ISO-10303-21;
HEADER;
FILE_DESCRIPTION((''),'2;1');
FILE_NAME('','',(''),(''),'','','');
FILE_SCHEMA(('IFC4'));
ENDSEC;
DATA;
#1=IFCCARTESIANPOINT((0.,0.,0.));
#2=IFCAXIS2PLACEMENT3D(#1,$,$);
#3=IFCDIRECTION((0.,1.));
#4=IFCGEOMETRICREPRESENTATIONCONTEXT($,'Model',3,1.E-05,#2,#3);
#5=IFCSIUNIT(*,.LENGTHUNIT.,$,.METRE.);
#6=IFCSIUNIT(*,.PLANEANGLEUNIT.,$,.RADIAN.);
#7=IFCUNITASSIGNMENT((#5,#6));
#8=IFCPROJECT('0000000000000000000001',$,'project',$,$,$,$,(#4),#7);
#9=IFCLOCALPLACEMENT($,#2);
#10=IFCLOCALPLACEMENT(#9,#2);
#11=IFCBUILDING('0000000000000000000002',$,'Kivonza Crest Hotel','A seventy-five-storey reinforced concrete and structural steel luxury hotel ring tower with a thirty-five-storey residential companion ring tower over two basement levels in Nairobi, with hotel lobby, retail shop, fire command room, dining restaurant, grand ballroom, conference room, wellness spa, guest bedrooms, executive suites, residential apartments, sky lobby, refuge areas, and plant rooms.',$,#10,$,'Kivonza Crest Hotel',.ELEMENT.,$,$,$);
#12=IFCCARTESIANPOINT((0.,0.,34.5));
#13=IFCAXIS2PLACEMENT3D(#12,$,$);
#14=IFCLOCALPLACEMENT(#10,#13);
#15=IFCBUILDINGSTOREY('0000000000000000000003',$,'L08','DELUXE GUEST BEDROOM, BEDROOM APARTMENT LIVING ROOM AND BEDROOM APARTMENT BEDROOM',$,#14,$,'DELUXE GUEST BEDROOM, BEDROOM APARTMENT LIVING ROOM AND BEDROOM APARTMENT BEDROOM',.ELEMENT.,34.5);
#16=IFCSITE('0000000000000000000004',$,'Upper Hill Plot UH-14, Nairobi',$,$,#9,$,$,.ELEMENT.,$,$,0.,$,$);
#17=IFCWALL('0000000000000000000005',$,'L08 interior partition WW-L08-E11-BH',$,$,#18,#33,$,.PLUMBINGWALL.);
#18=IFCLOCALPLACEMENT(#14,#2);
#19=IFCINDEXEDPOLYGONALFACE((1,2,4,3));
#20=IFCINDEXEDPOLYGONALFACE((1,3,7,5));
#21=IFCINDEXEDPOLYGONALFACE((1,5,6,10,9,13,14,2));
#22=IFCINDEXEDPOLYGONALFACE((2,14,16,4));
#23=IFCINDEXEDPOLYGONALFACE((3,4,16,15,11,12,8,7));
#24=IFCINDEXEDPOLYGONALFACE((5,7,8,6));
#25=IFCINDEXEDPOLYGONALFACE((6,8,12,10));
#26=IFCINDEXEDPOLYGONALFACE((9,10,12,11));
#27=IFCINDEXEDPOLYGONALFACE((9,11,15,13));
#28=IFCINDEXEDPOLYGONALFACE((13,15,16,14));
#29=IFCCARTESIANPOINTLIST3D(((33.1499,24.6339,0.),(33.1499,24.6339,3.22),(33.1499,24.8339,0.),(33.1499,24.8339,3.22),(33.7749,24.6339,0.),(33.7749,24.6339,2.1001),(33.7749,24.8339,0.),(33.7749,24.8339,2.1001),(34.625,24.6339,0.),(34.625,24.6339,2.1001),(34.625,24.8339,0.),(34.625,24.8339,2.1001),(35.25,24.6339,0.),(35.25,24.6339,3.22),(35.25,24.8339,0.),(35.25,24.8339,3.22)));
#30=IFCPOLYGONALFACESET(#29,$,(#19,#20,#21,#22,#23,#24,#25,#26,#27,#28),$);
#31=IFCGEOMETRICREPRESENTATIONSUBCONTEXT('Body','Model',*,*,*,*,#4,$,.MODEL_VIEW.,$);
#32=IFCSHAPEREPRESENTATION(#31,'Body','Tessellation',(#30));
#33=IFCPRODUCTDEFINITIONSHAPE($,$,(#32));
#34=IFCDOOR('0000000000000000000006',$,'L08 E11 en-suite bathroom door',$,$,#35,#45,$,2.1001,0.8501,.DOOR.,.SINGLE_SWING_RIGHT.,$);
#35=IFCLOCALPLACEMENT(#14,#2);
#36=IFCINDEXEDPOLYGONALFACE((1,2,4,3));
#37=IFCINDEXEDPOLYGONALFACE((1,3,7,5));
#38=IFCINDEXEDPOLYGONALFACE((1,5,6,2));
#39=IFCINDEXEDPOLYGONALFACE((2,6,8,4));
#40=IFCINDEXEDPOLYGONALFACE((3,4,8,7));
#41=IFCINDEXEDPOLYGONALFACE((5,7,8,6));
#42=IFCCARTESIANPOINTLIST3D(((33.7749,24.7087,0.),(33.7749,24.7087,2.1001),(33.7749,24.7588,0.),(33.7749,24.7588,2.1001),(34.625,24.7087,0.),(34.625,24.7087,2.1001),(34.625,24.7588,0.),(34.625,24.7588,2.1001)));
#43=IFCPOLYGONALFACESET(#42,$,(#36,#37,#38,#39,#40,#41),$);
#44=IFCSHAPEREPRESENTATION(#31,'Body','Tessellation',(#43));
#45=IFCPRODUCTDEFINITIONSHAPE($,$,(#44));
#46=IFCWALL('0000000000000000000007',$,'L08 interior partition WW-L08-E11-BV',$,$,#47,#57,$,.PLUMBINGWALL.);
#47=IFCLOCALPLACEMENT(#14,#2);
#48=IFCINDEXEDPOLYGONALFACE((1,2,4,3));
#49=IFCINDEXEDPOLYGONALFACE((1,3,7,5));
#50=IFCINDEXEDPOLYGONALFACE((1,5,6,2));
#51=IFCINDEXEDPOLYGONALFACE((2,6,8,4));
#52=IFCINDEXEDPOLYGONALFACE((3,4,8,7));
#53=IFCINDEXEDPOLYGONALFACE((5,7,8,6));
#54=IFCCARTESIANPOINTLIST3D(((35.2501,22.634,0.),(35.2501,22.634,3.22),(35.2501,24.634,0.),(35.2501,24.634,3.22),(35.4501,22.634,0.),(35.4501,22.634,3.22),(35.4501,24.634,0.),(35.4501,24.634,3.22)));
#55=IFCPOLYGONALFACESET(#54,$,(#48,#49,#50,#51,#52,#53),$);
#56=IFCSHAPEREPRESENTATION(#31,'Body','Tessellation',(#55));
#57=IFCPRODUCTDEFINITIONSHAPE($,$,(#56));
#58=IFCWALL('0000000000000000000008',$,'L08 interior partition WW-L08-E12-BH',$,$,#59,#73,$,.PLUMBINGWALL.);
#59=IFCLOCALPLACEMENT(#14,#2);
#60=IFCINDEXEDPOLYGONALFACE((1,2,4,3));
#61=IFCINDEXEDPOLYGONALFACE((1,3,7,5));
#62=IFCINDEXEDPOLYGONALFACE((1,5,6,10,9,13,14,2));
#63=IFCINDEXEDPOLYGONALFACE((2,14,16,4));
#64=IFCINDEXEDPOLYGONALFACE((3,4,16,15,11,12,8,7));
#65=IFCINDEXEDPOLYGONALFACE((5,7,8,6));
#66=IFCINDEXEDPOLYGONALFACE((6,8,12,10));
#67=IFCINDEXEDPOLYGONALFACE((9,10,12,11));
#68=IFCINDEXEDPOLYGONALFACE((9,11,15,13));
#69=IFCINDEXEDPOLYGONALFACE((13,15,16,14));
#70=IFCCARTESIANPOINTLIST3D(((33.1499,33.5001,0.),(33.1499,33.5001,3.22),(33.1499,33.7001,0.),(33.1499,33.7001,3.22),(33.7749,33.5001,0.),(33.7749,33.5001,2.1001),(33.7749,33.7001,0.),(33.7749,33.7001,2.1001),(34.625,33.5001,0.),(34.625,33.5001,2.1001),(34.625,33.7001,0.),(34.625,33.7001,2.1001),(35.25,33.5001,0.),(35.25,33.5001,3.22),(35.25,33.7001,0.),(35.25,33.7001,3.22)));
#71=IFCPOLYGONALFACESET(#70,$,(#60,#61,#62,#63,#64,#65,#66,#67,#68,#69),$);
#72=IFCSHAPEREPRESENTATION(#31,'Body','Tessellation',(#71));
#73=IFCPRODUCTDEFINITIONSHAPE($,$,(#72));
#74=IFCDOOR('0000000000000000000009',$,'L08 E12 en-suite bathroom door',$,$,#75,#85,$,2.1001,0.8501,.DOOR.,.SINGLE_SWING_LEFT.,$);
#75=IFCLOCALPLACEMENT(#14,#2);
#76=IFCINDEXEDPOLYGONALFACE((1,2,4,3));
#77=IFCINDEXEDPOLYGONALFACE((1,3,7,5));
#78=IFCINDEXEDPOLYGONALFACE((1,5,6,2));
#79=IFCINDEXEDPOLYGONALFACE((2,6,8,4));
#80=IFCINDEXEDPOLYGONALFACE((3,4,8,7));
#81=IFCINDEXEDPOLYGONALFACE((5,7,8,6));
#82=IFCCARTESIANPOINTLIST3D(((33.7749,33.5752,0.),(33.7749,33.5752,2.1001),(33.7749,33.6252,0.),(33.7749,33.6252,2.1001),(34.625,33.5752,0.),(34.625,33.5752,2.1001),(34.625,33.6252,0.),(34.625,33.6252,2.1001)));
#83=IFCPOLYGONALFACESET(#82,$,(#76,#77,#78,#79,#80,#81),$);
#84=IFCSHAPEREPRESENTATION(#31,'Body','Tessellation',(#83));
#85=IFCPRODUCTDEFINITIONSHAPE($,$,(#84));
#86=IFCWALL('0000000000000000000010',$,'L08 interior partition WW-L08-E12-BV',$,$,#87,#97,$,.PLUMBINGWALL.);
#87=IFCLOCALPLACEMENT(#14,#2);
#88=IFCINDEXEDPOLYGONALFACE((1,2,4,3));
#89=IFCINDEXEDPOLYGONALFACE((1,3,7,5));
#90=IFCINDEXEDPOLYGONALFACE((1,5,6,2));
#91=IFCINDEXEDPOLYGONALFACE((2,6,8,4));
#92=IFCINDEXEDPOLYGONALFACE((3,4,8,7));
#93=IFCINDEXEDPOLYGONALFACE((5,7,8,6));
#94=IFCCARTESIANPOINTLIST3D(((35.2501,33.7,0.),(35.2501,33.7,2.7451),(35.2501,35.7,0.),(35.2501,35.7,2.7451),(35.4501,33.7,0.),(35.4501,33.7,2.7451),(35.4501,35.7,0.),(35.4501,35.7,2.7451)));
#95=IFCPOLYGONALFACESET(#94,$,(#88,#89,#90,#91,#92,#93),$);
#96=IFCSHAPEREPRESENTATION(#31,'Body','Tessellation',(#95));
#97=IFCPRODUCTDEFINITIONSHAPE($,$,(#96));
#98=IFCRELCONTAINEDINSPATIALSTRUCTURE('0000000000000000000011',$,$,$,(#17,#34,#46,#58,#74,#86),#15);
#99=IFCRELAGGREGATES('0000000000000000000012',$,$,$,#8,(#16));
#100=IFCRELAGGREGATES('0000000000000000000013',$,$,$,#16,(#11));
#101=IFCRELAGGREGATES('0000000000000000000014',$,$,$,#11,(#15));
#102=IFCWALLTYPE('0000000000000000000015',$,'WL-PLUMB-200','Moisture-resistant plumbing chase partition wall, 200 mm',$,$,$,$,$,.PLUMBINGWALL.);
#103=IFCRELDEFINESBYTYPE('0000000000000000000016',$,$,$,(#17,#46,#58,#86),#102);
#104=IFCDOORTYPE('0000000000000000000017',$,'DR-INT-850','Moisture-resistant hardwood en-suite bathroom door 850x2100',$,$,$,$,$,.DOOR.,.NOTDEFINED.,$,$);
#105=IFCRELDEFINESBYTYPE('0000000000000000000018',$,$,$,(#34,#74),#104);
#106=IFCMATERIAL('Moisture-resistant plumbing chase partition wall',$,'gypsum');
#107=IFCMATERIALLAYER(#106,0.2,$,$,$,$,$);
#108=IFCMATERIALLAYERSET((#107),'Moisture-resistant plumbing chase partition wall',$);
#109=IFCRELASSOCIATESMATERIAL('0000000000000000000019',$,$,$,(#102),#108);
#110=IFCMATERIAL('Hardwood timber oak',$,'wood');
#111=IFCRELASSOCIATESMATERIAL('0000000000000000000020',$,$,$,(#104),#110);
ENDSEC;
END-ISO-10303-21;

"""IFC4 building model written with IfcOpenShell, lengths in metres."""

from ifc_helpers import new_model, si_unit, direction, frame, frame_2d, origin, place, context, subcontext, project, spatial, rectangle, extrude, material, layer, layer_set, type_object, element, fill, save


model = new_model("IFC4")

# Units and contexts
model_context = context("Model", 3, precision=1e-05, world=origin(), true_north=direction((0.0, 1.0)))
body_context = subcontext(model_context, "Body", "Model", "MODEL_VIEW")
ifc_project = project(units=[si_unit("LENGTHUNIT", "METRE"), si_unit("PLANEANGLEUNIT", "RADIAN")], contexts=[model_context])

# Site, building, storey
site_placement = place(None, origin())
site = spatial("IfcSite", under=ifc_project, at=site_placement, Name="Upper Hill Plot UH-14, Nairobi", CompositionType="ELEMENT", RefElevation=0.0)
building_placement = place(site_placement, origin())
building = spatial("IfcBuilding", under=site, at=building_placement, Name="Kivonza Crest Hotel", Description="A seventy-five-storey reinforced concrete and structural steel luxury hotel ring tower with a thirty-five-storey residential companion ring tower over two basement levels in Nairobi, with hotel lobby, retail shop, fire command room, dining restaurant, grand ballroom, conference room, wellness spa, guest bedrooms, executive suites, residential apartments, sky lobby, refuge areas, and plant rooms.", LongName="Kivonza Crest Hotel", CompositionType="ELEMENT")
storey_placement = place(building_placement, frame((0.0, 0.0, 34.5)))
storey = spatial("IfcBuildingStorey", under=building, at=storey_placement, Name="L08", Description="DELUXE GUEST BEDROOM, BEDROOM APARTMENT LIVING ROOM AND BEDROOM APARTMENT BEDROOM", LongName="DELUXE GUEST BEDROOM, BEDROOM APARTMENT LIVING ROOM AND BEDROOM APARTMENT BEDROOM", CompositionType="ELEMENT", Elevation=34.5)

# Shared definitions
ifc_material_1 = material(Name="Hardwood timber oak", Category="wood")

# Wall, opening, door
ifc_material_2 = material(Name="Moisture-resistant plumbing chase partition wall", Category="gypsum")
ifc_layer_1 = layer(ifc_material_2, 0.2)
ifc_layer_set_1 = layer_set([ifc_layer_1], Name="Moisture-resistant plumbing chase partition wall")
wall_type_1 = type_object("IfcWallType", Name="WL-PLUMB-200", Description="Moisture-resistant plumbing chase partition wall, 200 mm", PredefinedType="PLUMBINGWALL", material=ifc_layer_set_1)
wall_1_placement = place(storey_placement, frame((33.1499, 24.7339, 0.0), z_axis=(0.0, 0.0, 1.0), x_axis=(1.0, 0.0, 0.0)))
wall_1 = element("IfcWall", 1, at=wall_1_placement, inside=storey, type_object=wall_type_1, Name="L08 interior partition WW-L08-E11-BH", PredefinedType="PLUMBINGWALL", context=body_context, shape_type="SweptSolid", body=[
    extrude(rectangle(XDim=2.1001, YDim=0.2, at=frame_2d((1.05, 0.0))), origin(), (0.0, 0.0, 1.0), 3.22),
])
opening_1_placement = place(wall_1_placement, frame((0.625, 0.0, 0.0)))
opening_1 = element("IfcOpeningElement", 2, at=opening_1_placement, cuts=wall_1, PredefinedType="OPENING", context=body_context, shape_type="SweptSolid", body=[
    extrude(rectangle(XDim=0.8501, YDim=2.1001, at=frame_2d((0.425, 1.05))), frame((0.0, 0.1099, 0.0), z_axis=(0.0, -1.0, 0.0), x_axis=(1.0, 0.0, 0.0)), (0.0, 0.0, 1.0), 0.22),
])
door_type_1 = type_object("IfcDoorType", Name="DR-INT-850", Description="Moisture-resistant hardwood en-suite bathroom door 850x2100", OperationType="NOTDEFINED", PredefinedType="DOOR", material=ifc_material_1)
door_1_placement = place(opening_1_placement, origin())
door_1 = element("IfcDoor", 3, at=door_1_placement, inside=storey, type_object=door_type_1, Name="L08 E11 en-suite bathroom door", OperationType="SINGLE_SWING_RIGHT", OverallHeight=2.1001, OverallWidth=0.8501, PredefinedType="DOOR", context=body_context, shape_type="SweptSolid", body=[
    extrude(rectangle(XDim=0.8501, YDim=2.1001, at=frame_2d((0.425, 1.05))), frame((0.0, 0.0249, 0.0), z_axis=(0.0, -1.0, 0.0), x_axis=(1.0, 0.0, 0.0)), (0.0, 0.0, 1.0), 0.05),
])
fill(opening_1, door_1)

# Wall
wall_2_placement = place(storey_placement, frame((35.3501, 22.634, 0.0), z_axis=(0.0, 0.0, 1.0), x_axis=(0.0, 1.0, 0.0)))
element("IfcWall", 4, at=wall_2_placement, inside=storey, type_object=wall_type_1, Name="L08 interior partition WW-L08-E11-BV", PredefinedType="PLUMBINGWALL", context=body_context, shape_type="SweptSolid", body=[
    extrude(rectangle(XDim=2.0, YDim=0.2, at=frame_2d((1.0, 0.0))), origin(), (0.0, 0.0, 1.0), 3.22),
])

# Wall, opening, door
wall_3_placement = place(storey_placement, frame((33.1499, 33.6001, 0.0), z_axis=(0.0, 0.0, 1.0), x_axis=(1.0, 0.0, 0.0)))
wall_3 = element("IfcWall", 5, at=wall_3_placement, inside=storey, type_object=wall_type_1, Name="L08 interior partition WW-L08-E12-BH", PredefinedType="PLUMBINGWALL", context=body_context, shape_type="SweptSolid", body=[
    extrude(rectangle(XDim=2.1001, YDim=0.2, at=frame_2d((1.05, 0.0))), origin(), (0.0, 0.0, 1.0), 3.22),
])
opening_2_placement = place(wall_3_placement, frame((0.625, 0.0, 0.0)))
opening_2 = element("IfcOpeningElement", 6, at=opening_2_placement, cuts=wall_3, PredefinedType="OPENING", context=body_context, shape_type="SweptSolid", body=[
    extrude(rectangle(XDim=0.8501, YDim=2.1001, at=frame_2d((0.425, 1.05))), frame((0.0, 0.1099, 0.0), z_axis=(0.0, -1.0, 0.0), x_axis=(1.0, 0.0, 0.0)), (0.0, 0.0, 1.0), 0.22),
])
door_2_placement = place(opening_2_placement, frame((0.8501, 0.0, 0.0), z_axis=(0.0, 0.0, 1.0), x_axis=(-1.0, 0.0, 0.0)))
door_2 = element("IfcDoor", 7, at=door_2_placement, inside=storey, type_object=door_type_1, Name="L08 E12 en-suite bathroom door", OperationType="SINGLE_SWING_LEFT", OverallHeight=2.1001, OverallWidth=0.8501, PredefinedType="DOOR", context=body_context, shape_type="SweptSolid", body=[
    extrude(rectangle(XDim=0.8501, YDim=2.1001, at=frame_2d((0.425, 1.05))), frame((0.0, 0.0249, 0.0), z_axis=(0.0, -1.0, 0.0), x_axis=(1.0, 0.0, 0.0)), (0.0, 0.0, 1.0), 0.05),
])
fill(opening_2, door_2)

# Wall
wall_4_placement = place(storey_placement, frame((35.3501, 33.7, 0.0), z_axis=(0.0, 0.0, 1.0), x_axis=(0.0, 1.0, 0.0)))
element("IfcWall", 8, at=wall_4_placement, inside=storey, type_object=wall_type_1, Name="L08 interior partition WW-L08-E12-BV", PredefinedType="PLUMBINGWALL", context=body_context, shape_type="SweptSolid", body=[
    extrude(rectangle(XDim=2.0, YDim=0.2, at=frame_2d((1.0, 0.0))), origin(), (0.0, 0.0, 1.0), 2.7451),
])

save(model, "model.ifc")
